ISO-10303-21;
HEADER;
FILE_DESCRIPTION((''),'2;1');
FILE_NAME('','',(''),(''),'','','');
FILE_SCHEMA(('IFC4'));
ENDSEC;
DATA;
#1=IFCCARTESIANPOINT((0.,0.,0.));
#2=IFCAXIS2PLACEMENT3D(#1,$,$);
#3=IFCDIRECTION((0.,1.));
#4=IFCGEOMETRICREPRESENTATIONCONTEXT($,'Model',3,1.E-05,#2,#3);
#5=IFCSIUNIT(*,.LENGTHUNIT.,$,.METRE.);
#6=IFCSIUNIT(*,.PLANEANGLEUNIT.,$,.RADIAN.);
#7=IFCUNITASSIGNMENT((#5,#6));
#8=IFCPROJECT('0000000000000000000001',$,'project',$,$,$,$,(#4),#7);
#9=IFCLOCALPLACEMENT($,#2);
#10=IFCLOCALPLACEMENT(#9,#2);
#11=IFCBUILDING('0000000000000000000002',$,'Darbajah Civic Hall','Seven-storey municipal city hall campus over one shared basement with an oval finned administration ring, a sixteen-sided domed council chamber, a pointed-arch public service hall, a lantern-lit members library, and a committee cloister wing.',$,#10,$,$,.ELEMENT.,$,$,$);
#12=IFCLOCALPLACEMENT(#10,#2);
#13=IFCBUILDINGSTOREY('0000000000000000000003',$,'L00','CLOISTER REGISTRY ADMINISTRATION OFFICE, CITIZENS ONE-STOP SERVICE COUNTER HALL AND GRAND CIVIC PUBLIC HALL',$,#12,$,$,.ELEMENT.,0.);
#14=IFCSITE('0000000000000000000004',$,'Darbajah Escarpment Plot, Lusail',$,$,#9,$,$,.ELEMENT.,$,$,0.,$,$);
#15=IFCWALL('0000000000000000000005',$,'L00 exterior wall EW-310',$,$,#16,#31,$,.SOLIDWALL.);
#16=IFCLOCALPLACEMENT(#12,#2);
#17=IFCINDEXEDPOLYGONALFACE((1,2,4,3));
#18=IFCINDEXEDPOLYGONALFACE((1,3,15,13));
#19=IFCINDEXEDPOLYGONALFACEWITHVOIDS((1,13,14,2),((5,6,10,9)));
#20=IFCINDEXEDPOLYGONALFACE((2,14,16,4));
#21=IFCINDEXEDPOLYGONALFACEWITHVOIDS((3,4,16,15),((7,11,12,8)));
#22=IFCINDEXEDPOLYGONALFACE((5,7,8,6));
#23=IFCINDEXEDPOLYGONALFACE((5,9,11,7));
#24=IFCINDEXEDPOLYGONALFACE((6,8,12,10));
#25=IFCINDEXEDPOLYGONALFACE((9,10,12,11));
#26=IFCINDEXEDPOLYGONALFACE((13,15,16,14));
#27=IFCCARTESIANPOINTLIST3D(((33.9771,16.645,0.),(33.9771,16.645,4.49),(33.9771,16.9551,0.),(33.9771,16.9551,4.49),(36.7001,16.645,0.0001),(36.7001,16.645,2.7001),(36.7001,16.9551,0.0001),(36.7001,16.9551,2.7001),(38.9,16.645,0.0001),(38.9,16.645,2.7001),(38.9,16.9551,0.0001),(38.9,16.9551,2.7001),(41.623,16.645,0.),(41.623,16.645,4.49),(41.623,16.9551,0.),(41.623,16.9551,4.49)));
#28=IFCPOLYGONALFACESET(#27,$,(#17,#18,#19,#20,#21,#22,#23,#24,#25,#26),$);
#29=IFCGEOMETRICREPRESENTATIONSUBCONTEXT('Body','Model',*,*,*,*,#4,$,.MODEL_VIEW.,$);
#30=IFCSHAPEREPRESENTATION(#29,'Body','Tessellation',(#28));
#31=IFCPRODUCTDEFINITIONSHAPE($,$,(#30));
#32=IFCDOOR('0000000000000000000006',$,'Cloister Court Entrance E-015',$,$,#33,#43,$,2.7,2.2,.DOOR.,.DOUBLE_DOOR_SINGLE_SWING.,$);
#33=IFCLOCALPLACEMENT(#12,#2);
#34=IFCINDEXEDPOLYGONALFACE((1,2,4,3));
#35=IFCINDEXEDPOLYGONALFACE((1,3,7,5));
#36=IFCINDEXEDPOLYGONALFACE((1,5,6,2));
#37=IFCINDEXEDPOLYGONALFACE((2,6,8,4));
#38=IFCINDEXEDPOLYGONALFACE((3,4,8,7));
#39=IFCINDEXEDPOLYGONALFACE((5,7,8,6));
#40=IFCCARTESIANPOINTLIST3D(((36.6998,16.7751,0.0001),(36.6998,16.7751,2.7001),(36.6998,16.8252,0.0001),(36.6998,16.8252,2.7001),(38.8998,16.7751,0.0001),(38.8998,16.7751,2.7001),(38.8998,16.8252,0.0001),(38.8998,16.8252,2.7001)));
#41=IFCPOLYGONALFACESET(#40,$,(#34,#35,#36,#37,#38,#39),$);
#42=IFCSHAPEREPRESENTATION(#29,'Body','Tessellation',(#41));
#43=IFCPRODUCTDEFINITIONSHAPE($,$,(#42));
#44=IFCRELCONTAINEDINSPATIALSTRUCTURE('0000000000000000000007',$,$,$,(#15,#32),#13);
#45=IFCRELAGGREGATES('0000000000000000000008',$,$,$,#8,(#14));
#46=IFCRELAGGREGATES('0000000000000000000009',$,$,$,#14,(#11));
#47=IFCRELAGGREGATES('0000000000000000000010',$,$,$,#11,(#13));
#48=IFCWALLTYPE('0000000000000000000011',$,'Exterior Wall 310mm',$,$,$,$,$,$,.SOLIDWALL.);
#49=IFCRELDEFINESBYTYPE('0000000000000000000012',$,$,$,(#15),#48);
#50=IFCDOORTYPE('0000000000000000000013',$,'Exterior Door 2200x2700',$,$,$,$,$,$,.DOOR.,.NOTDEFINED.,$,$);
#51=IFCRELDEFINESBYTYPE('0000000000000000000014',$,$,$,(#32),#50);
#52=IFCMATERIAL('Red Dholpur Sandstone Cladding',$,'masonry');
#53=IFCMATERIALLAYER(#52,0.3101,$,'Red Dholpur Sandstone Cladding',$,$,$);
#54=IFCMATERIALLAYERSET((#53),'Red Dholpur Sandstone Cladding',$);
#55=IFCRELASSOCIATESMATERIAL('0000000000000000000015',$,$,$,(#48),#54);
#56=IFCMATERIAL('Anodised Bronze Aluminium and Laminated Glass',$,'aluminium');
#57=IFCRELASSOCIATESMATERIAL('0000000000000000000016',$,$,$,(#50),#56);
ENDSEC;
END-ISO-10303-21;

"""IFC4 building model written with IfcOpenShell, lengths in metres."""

from ifc_helpers import new_model, si_unit, direction, frame, frame_2d, origin, place, context, subcontext, project, spatial, rectangle, extrude, material, layer, layer_set, type_object, element, fill, save


model = new_model("IFC4")

# Units and contexts
model_context = context("Model", 3, precision=1e-05, world=origin(), true_north=direction((0.0, 1.0)))
body_context = subcontext(model_context, "Body", "Model", "MODEL_VIEW")
ifc_project = project(units=[si_unit("LENGTHUNIT", "METRE"), si_unit("PLANEANGLEUNIT", "RADIAN")], contexts=[model_context])

# Site, building, storey
site_placement = place(None, origin())
site = spatial("IfcSite", under=ifc_project, at=site_placement, Name="Darbajah Escarpment Plot, Lusail", CompositionType="ELEMENT", RefElevation=0.0)
building_placement = place(site_placement, origin())
building = spatial("IfcBuilding", under=site, at=building_placement, Name="Darbajah Civic Hall", Description="Seven-storey municipal city hall campus over one shared basement with an oval finned administration ring, a sixteen-sided domed council chamber, a pointed-arch public service hall, a lantern-lit members library, and a committee cloister wing.", CompositionType="ELEMENT")
storey_placement = place(building_placement, origin())
storey = spatial("IfcBuildingStorey", under=building, at=storey_placement, Name="L00", Description="CLOISTER REGISTRY ADMINISTRATION OFFICE, CITIZENS ONE-STOP SERVICE COUNTER HALL AND GRAND CIVIC PUBLIC HALL", CompositionType="ELEMENT", Elevation=0.0)

# Wall, opening, door
ifc_material_1 = material(Name="Red Dholpur Sandstone Cladding", Category="masonry")
ifc_layer_1 = layer(ifc_material_1, 0.3101, Name="Red Dholpur Sandstone Cladding")
ifc_layer_set_1 = layer_set([ifc_layer_1], Name="Red Dholpur Sandstone Cladding")
wall_type = type_object("IfcWallType", Name="Exterior Wall 310mm", PredefinedType="SOLIDWALL", material=ifc_layer_set_1)
wall_placement = place(storey_placement, frame((33.9771, 16.8, 0.0), z_axis=(0.0, 0.0, 1.0), x_axis=(1.0, 0.0, 0.0)))
wall = element("IfcWall", 1, at=wall_placement, inside=storey, type_object=wall_type, Name="L00 exterior wall EW-310", PredefinedType="SOLIDWALL", context=body_context, shape_type="SweptSolid", body=[
    extrude(rectangle(XDim=7.646, YDim=0.3101, at=frame_2d((3.823, 0.0))), origin(), (0.0, 0.0, 1.0), 4.49),
])
opening_placement = place(wall_placement, frame((2.7229, 0.0, 0.0)))
opening = element("IfcOpeningElement", 2, at=opening_placement, cuts=wall, PredefinedType="OPENING", context=body_context, shape_type="SweptSolid", body=[
    extrude(rectangle(XDim=2.2, YDim=2.7, at=frame_2d((1.1001, 1.3501))), frame((0.0, 0.165, 0.0), z_axis=(0.0, -1.0, 0.0), x_axis=(1.0, 0.0, 0.0)), (0.0, 0.0, 1.0), 0.3301),
])
ifc_material_2 = material(Name="Anodised Bronze Aluminium and Laminated Glass", Category="aluminium")
door_type = type_object("IfcDoorType", Name="Exterior Door 2200x2700", OperationType="NOTDEFINED", PredefinedType="DOOR", material=ifc_material_2)
door_placement = place(opening_placement, frame((2.2, 0.0, 0.0), z_axis=(0.0, 0.0, 1.0), x_axis=(-1.0, 0.0, 0.0)))
door = element("IfcDoor", 3, at=door_placement, inside=storey, type_object=door_type, Name="Cloister Court Entrance E-015", OperationType="DOUBLE_DOOR_SINGLE_SWING", OverallHeight=2.7, OverallWidth=2.2, PredefinedType="DOOR", context=body_context, shape_type="SweptSolid", body=[
    extrude(rectangle(XDim=2.2, YDim=2.7, at=frame_2d((1.1001, 1.3501))), frame((0.0, 0.0249, 0.0), z_axis=(0.0, -1.0, 0.0), x_axis=(1.0, 0.0, 0.0)), (0.0, 0.0, 1.0), 0.05),
])
fill(opening, door)

save(model, "model.ifc")
